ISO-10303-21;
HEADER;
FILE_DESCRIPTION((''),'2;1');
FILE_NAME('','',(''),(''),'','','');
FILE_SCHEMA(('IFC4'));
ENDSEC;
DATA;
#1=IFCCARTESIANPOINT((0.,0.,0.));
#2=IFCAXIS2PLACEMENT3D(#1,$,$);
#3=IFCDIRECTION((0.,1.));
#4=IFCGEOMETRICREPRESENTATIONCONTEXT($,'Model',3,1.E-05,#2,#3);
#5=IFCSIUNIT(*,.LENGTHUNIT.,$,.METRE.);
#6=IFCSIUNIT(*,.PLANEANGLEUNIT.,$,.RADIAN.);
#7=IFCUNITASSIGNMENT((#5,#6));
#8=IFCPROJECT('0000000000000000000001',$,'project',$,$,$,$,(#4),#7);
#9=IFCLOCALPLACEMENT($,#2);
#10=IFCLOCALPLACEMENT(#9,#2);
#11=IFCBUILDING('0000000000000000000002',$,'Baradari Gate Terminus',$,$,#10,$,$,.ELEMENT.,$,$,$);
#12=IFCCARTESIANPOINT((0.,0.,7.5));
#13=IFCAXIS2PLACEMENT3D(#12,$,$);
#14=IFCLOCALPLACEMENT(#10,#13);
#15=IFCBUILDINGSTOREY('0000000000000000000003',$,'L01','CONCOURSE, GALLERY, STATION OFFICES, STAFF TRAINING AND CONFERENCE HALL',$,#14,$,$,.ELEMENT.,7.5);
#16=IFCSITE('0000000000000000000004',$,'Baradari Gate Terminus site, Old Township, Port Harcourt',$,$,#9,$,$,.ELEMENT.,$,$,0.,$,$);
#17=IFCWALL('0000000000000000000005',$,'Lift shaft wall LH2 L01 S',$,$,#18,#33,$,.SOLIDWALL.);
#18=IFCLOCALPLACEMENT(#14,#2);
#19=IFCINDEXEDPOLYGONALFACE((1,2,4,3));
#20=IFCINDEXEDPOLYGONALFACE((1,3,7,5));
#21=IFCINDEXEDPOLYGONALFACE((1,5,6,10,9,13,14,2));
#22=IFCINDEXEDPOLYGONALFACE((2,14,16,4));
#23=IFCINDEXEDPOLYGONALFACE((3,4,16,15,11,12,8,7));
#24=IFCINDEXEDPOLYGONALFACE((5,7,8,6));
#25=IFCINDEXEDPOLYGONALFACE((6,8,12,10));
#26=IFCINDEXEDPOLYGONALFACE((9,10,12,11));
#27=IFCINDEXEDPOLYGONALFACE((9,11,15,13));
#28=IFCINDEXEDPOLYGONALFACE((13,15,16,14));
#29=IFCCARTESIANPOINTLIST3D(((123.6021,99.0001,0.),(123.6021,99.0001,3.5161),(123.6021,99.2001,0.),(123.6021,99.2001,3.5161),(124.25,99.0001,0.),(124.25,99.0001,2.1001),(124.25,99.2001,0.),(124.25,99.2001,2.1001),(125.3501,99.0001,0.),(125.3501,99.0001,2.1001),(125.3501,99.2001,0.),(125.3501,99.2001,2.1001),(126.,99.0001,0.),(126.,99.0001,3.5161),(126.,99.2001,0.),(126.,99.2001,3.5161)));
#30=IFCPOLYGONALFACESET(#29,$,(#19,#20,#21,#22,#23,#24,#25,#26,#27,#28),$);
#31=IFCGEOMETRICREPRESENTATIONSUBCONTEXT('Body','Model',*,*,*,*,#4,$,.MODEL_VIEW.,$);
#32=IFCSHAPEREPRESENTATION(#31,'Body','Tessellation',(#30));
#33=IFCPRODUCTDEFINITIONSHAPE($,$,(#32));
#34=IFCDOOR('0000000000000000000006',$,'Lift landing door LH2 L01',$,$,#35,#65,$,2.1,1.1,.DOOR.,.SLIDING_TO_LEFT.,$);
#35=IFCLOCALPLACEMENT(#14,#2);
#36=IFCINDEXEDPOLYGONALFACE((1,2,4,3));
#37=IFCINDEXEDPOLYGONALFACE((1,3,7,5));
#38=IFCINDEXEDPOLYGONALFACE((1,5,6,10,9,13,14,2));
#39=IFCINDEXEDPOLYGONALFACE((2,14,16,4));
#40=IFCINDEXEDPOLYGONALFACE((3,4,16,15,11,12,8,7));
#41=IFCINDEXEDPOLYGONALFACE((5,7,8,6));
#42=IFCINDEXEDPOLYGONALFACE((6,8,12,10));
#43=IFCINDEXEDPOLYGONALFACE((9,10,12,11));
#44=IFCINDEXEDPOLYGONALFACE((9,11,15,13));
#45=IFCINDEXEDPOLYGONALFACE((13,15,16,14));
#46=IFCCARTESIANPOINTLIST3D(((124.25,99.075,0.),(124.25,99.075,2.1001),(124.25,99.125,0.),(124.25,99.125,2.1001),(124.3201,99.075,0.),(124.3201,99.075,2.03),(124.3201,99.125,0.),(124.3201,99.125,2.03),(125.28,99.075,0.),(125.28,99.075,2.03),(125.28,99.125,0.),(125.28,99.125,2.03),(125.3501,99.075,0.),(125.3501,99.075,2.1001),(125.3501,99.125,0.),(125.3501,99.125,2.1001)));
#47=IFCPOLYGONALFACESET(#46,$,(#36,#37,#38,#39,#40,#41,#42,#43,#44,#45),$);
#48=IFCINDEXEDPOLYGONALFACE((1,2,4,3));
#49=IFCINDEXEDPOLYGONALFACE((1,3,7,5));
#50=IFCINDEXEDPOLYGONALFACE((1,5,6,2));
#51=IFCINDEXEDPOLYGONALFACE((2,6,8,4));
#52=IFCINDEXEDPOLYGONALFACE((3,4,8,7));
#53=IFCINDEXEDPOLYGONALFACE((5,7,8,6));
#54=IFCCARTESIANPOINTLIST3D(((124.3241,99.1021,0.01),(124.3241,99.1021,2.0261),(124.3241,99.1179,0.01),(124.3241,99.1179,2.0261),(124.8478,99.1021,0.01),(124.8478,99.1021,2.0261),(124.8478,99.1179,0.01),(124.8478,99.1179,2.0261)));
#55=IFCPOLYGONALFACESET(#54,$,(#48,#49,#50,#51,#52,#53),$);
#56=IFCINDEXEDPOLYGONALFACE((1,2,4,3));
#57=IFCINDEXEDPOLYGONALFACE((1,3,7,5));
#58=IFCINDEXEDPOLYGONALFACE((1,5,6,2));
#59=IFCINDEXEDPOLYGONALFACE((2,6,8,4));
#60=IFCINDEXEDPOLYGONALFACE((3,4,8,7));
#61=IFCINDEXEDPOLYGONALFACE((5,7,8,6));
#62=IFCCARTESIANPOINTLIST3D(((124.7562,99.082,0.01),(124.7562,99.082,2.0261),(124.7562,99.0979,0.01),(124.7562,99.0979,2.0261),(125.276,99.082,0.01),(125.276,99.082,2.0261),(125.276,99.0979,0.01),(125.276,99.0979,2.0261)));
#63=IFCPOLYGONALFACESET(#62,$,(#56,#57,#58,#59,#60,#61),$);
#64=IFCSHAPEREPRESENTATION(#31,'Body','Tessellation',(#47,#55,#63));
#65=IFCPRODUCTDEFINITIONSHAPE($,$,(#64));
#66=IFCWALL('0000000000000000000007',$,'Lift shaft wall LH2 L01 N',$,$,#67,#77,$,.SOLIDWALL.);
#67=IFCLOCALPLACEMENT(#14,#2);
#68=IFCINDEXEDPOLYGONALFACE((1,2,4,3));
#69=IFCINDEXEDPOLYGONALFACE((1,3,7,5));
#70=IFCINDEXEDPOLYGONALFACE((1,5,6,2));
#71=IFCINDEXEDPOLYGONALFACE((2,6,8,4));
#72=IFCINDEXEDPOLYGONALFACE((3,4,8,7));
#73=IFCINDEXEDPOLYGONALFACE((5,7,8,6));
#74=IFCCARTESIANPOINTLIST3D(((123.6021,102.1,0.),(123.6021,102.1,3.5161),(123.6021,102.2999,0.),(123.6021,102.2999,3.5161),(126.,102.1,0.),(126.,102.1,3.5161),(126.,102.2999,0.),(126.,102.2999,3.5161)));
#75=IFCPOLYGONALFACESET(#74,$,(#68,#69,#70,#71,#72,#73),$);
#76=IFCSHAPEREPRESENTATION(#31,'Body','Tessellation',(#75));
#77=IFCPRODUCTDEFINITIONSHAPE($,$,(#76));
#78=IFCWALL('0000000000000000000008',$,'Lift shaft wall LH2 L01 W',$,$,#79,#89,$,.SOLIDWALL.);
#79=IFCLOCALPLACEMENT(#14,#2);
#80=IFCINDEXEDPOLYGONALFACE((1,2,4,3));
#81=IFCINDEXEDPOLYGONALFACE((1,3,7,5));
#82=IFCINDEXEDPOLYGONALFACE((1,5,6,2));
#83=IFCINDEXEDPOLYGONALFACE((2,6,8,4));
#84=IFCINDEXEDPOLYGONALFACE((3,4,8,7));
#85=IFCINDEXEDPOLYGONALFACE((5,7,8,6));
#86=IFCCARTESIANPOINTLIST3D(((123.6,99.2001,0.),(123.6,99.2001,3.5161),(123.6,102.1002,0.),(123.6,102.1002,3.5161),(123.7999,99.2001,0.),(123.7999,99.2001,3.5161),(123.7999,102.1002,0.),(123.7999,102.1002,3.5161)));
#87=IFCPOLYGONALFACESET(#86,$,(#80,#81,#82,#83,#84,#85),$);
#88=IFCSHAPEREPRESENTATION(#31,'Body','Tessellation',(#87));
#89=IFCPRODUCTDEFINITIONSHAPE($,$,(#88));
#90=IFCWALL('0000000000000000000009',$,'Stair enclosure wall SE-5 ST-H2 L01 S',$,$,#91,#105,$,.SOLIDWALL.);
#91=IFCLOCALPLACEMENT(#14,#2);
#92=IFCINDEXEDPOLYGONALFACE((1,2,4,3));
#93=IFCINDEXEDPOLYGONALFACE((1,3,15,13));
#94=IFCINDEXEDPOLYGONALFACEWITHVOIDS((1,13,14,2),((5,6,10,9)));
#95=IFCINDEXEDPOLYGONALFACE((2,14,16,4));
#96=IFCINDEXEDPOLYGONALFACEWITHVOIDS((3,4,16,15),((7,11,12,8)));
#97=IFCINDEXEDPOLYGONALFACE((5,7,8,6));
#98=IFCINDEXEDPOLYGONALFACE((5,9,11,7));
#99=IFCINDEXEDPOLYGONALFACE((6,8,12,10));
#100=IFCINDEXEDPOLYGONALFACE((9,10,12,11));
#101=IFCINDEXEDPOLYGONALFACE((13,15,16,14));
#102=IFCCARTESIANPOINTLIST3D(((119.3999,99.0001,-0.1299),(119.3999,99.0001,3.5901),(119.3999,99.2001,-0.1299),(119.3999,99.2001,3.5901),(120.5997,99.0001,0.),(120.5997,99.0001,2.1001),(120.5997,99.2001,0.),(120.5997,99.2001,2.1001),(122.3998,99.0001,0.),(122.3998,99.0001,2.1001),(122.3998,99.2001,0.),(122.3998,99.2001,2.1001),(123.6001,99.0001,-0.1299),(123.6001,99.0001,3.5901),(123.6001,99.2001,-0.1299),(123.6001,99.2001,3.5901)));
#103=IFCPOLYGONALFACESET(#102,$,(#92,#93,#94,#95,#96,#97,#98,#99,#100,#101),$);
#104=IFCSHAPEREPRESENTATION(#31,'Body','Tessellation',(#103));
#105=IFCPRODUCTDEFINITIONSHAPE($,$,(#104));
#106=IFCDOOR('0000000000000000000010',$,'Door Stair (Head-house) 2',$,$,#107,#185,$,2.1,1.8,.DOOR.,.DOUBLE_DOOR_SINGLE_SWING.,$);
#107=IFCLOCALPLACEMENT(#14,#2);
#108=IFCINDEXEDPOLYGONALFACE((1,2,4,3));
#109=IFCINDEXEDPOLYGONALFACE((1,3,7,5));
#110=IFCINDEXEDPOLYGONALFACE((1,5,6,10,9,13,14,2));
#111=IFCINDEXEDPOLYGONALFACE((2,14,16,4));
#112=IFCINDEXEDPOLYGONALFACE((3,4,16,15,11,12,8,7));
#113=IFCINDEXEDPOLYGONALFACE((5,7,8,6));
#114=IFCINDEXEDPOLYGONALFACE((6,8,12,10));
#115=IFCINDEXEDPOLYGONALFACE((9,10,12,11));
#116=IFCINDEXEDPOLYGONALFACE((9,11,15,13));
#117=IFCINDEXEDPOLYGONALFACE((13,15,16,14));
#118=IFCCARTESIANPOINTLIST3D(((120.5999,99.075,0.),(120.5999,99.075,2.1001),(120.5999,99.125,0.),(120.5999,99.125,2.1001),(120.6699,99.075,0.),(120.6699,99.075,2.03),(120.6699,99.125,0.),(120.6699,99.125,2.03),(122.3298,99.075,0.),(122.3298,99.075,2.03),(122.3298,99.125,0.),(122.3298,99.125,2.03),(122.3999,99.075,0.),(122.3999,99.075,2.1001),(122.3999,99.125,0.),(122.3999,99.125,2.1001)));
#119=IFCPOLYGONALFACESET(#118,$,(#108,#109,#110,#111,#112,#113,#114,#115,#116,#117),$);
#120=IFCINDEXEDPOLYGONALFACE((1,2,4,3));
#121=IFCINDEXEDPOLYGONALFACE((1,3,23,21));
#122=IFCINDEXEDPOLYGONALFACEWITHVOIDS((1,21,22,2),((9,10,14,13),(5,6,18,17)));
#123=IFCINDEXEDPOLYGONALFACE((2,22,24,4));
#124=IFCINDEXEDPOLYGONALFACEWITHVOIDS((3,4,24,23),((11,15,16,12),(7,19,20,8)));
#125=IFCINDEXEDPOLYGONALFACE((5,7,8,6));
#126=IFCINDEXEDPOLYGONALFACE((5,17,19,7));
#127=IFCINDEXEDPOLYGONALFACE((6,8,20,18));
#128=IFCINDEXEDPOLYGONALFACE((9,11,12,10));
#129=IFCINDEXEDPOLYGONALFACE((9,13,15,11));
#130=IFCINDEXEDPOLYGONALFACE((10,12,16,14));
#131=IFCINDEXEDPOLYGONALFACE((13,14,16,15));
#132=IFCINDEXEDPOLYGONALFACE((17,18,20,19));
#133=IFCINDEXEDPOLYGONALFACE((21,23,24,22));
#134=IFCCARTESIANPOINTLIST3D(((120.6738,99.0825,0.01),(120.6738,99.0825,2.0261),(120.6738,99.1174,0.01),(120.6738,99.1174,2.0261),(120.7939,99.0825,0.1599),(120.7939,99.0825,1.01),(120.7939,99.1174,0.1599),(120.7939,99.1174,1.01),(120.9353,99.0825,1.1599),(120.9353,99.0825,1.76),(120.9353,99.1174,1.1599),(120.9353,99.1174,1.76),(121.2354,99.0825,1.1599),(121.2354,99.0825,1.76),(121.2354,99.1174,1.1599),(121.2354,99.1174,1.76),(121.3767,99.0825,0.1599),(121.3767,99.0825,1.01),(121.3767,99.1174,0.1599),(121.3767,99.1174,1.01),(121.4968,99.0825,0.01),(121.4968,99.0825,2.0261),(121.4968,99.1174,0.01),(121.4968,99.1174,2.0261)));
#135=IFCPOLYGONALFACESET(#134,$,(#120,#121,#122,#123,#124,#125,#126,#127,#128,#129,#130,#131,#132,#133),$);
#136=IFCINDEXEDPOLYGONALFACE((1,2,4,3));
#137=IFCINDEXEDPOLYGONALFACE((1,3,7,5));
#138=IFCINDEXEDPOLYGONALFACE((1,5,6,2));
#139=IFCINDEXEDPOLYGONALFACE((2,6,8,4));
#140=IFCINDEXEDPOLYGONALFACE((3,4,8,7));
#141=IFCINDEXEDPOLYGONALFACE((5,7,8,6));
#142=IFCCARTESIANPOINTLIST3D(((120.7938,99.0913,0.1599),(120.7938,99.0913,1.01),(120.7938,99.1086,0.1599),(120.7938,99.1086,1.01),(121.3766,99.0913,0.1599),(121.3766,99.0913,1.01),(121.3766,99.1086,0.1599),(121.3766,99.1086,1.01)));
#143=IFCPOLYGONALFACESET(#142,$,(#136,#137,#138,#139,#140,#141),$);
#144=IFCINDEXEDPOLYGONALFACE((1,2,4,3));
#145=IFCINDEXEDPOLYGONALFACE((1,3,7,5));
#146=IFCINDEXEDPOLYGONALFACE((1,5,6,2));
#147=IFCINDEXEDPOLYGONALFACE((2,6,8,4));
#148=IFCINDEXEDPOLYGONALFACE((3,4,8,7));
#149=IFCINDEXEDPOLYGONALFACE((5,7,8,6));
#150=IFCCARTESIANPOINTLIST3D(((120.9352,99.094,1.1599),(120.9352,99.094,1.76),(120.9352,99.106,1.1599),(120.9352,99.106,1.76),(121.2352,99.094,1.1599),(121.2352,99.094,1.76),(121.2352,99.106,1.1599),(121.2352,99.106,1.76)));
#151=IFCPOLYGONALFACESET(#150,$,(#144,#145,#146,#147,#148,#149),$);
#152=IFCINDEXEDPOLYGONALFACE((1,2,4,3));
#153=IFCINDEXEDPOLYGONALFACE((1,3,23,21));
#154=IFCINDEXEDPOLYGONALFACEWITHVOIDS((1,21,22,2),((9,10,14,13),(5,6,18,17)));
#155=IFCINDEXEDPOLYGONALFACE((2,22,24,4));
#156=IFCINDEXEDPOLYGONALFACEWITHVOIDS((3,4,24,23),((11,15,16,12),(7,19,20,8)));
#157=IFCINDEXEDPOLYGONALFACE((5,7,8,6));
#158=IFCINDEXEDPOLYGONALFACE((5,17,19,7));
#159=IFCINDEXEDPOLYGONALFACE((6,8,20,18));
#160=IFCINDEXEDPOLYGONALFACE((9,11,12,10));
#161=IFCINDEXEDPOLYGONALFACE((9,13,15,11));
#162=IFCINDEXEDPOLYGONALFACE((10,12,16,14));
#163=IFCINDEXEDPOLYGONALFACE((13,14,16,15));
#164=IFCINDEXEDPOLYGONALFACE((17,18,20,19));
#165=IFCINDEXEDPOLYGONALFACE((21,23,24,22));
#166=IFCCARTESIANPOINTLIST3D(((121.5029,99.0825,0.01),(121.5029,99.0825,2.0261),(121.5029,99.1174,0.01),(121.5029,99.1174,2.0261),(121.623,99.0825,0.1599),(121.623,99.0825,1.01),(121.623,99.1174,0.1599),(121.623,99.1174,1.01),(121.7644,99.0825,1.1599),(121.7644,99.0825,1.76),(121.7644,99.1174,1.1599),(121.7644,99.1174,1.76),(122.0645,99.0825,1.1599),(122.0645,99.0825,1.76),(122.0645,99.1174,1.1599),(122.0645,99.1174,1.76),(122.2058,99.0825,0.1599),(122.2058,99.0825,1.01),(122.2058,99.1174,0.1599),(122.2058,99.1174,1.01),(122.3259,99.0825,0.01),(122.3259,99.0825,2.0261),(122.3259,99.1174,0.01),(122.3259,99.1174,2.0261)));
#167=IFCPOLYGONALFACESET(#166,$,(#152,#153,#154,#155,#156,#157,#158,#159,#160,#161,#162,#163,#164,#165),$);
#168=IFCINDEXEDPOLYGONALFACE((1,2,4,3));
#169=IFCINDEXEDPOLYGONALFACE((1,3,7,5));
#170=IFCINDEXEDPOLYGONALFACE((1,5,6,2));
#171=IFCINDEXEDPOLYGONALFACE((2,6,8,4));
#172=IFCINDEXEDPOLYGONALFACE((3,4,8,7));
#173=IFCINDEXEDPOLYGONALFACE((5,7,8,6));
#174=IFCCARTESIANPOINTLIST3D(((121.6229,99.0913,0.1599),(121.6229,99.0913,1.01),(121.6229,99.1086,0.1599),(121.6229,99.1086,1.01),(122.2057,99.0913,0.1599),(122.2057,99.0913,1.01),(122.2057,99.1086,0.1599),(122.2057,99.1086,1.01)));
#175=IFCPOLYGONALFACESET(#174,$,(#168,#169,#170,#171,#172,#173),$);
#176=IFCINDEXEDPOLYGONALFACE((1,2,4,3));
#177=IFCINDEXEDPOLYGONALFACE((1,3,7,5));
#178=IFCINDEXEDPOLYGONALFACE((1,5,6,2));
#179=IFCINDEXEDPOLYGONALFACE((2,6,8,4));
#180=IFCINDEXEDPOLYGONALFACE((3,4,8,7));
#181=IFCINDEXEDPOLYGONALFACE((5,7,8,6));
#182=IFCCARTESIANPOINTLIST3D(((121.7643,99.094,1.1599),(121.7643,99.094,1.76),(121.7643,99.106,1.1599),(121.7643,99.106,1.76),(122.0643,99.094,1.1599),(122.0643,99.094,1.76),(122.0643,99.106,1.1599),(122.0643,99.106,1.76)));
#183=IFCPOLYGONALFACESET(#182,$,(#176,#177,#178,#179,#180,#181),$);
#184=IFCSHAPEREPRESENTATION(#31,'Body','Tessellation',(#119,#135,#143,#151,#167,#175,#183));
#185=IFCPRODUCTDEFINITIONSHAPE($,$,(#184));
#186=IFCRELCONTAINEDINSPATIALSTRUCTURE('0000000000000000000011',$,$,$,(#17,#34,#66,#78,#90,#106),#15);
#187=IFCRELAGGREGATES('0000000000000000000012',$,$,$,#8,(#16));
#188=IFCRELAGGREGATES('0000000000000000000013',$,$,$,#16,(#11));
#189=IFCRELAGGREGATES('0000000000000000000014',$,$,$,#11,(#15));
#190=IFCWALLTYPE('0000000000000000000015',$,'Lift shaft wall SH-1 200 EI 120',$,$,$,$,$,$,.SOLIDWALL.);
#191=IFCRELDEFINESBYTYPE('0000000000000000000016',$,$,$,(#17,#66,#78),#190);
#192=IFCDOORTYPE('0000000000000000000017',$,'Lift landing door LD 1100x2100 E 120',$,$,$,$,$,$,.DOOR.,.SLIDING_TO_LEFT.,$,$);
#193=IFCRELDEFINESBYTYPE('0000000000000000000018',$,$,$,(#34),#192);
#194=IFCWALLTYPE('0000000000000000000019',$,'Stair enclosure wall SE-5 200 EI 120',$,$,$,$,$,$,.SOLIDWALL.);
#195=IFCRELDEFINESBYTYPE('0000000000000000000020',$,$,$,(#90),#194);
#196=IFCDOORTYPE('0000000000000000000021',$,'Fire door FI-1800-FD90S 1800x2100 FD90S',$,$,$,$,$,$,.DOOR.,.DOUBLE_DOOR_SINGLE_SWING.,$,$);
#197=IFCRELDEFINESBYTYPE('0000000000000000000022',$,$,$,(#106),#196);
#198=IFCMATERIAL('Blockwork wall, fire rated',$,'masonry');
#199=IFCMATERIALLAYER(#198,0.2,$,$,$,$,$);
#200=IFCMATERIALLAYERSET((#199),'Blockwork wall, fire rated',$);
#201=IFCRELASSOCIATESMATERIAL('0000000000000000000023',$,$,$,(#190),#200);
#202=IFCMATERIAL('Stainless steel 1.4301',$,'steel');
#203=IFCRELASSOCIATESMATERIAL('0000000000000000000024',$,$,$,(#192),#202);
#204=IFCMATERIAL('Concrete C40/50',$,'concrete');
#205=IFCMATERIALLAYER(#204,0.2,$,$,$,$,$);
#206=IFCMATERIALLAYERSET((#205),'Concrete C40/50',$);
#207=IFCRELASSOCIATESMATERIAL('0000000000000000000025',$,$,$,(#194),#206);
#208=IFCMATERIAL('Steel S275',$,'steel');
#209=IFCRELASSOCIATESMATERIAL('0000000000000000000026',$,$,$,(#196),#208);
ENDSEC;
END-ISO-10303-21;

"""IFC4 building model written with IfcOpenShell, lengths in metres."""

from ifc_helpers import new_model, si_unit, direction, frame, frame_2d, origin, place, context, subcontext, project, spatial, polyline, rectangle, outline, extrude, material, layer, layer_set, type_object, element, fill, save


model = new_model("IFC4")

# Units and contexts
model_context = context("Model", 3, precision=1e-05, world=origin(), true_north=direction((0.0, 1.0)))
body_context = subcontext(model_context, "Body", "Model", "MODEL_VIEW")
ifc_project = project(units=[si_unit("LENGTHUNIT", "METRE"), si_unit("PLANEANGLEUNIT", "RADIAN")], contexts=[model_context])

# Site, building, storey
site_placement = place(None, origin())
site = spatial("IfcSite", under=ifc_project, at=site_placement, Name="Baradari Gate Terminus site, Old Township, Port Harcourt", CompositionType="ELEMENT", RefElevation=0.0)
building_placement = place(site_placement, origin())
building = spatial("IfcBuilding", under=site, at=building_placement, Name="Baradari Gate Terminus", CompositionType="ELEMENT")
storey_placement = place(building_placement, frame((0.0, 0.0, 7.5)))
storey = spatial("IfcBuildingStorey", under=building, at=storey_placement, Name="L01", Description="CONCOURSE, GALLERY, STATION OFFICES, STAFF TRAINING AND CONFERENCE HALL", CompositionType="ELEMENT", Elevation=7.5)

# Wall, opening, door
ifc_material_1 = material(Name="Blockwork wall, fire rated", Category="masonry")
ifc_layer_1 = layer(ifc_material_1, 0.2)
ifc_layer_set_1 = layer_set([ifc_layer_1], Name="Blockwork wall, fire rated")
wall_type_1 = type_object("IfcWallType", Name="Lift shaft wall SH-1 200 EI 120", PredefinedType="SOLIDWALL", material=ifc_layer_set_1)
wall_1_placement = place(storey_placement, frame((123.6021, 99.1001, 0.0), z_axis=(0.0, 0.0, 1.0), x_axis=(1.0, 0.0, 0.0)))
wall_1 = element("IfcWall", 1, at=wall_1_placement, inside=storey, type_object=wall_type_1, Name="Lift shaft wall LH2 L01 S", PredefinedType="SOLIDWALL", context=body_context, shape_type="SweptSolid", body=[
    extrude(rectangle(XDim=2.3979, YDim=0.2, at=frame_2d((1.199, 0.0))), origin(), (0.0, 0.0, 1.0), 3.5161),
])
opening_1_placement = place(wall_1_placement, frame((0.6479, 0.0, 0.0)))
opening_1 = element("IfcOpeningElement", 2, at=opening_1_placement, cuts=wall_1, PredefinedType="OPENING", context=body_context, shape_type="SweptSolid", body=[
    extrude(rectangle(XDim=1.1001, YDim=2.1001, at=frame_2d((0.55, 1.05))), frame((0.0, 0.1099, 0.0), z_axis=(0.0, -1.0, 0.0), x_axis=(1.0, 0.0, 0.0)), (0.0, 0.0, 1.0), 0.22),
])
ifc_material_2 = material(Name="Stainless steel 1.4301", Category="steel")
door_type_1 = type_object("IfcDoorType", Name="Lift landing door LD 1100x2100 E 120", OperationType="SLIDING_TO_LEFT", PredefinedType="DOOR", material=ifc_material_2)
door_1_placement = place(opening_1_placement, origin())
door_1 = element("IfcDoor", 3, at=door_1_placement, inside=storey, type_object=door_type_1, Name="Lift landing door LH2 L01", OperationType="SLIDING_TO_LEFT", OverallHeight=2.1, OverallWidth=1.1, PredefinedType="DOOR", context=body_context, shape_type="SweptSolid", body=[
    extrude(outline(polyline([(0.0, 0.0), (0.0701, 0.0), (0.0701, 2.03), (1.03, 2.03), (1.03, 0.0), (1.1001, 0.0), (1.1001, 2.1001), (0.0, 2.1001), (0.0, 0.0)])), frame((0.0, 0.0249, 0.0), z_axis=(0.0, -1.0, 0.0), x_axis=(1.0, 0.0, 0.0)), (0.0, 0.0, 1.0), 0.05),
    extrude(rectangle(XDim=0.5237, YDim=2.0161, at=frame_2d((0.3359, 1.0181))), frame((0.0, 0.0178, 0.0), z_axis=(0.0, -1.0, 0.0), x_axis=(1.0, 0.0, 0.0)), (0.0, 0.0, 1.0), 0.0159),
    extrude(rectangle(XDim=0.5198, YDim=2.0161, at=frame_2d((0.7661, 1.0181))), frame((0.0, -0.0022, 0.0), z_axis=(0.0, -1.0, 0.0), x_axis=(1.0, 0.0, 0.0)), (0.0, 0.0, 1.0), 0.0159),
])
fill(opening_1, door_1)

# Walls
wall_2_placement = place(storey_placement, frame((123.6021, 102.2, 0.0), z_axis=(0.0, 0.0, 1.0), x_axis=(1.0, 0.0, 0.0)))
element("IfcWall", 4, at=wall_2_placement, inside=storey, type_object=wall_type_1, Name="Lift shaft wall LH2 L01 N", PredefinedType="SOLIDWALL", context=body_context, shape_type="SweptSolid", body=[
    extrude(rectangle(XDim=2.3979, YDim=0.2, at=frame_2d((1.199, 0.0))), origin(), (0.0, 0.0, 1.0), 3.5161),
])
wall_3_placement = place(storey_placement, frame((123.7, 99.2, 0.0), z_axis=(0.0, 0.0, 1.0), x_axis=(0.0, 1.0, 0.0)))
element("IfcWall", 5, at=wall_3_placement, inside=storey, type_object=wall_type_1, Name="Lift shaft wall LH2 L01 W", PredefinedType="SOLIDWALL", context=body_context, shape_type="SweptSolid", body=[
    extrude(rectangle(XDim=2.9001, YDim=0.2, at=frame_2d((1.4502, 0.0))), origin(), (0.0, 0.0, 1.0), 3.5161),
])

# Wall, opening, door
ifc_material_3 = material(Name="Concrete C40/50", Category="concrete")
ifc_layer_2 = layer(ifc_material_3, 0.2)
ifc_layer_set_2 = layer_set([ifc_layer_2], Name="Concrete C40/50")
wall_type_2 = type_object("IfcWallType", Name="Stair enclosure wall SE-5 200 EI 120", PredefinedType="SOLIDWALL", material=ifc_layer_set_2)
wall_4_placement = place(storey_placement, frame((119.3999, 99.1001, -0.1299), z_axis=(0.0, 0.0, 1.0), x_axis=(1.0, 0.0, 0.0)))
wall_4 = element("IfcWall", 6, at=wall_4_placement, inside=storey, type_object=wall_type_2, Name="Stair enclosure wall SE-5 ST-H2 L01 S", PredefinedType="SOLIDWALL", context=body_context, shape_type="SweptSolid", body=[
    extrude(rectangle(XDim=4.2002, YDim=0.2, at=frame_2d((2.1001, 0.0))), origin(), (0.0, 0.0, 1.0), 3.72),
])
opening_2_placement = place(wall_4_placement, frame((1.2, 0.0, 0.1299)))
opening_2 = element("IfcOpeningElement", 7, at=opening_2_placement, cuts=wall_4, PredefinedType="OPENING", context=body_context, shape_type="SweptSolid", body=[
    extrude(rectangle(XDim=1.8, YDim=2.1001, at=frame_2d((0.8999, 1.05))), frame((0.0, 0.1099, 0.0), z_axis=(0.0, -1.0, 0.0), x_axis=(1.0, 0.0, 0.0)), (0.0, 0.0, 1.0), 0.22),
])
ifc_material_4 = material(Name="Steel S275", Category="steel")
door_type_2 = type_object("IfcDoorType", Name="Fire door FI-1800-FD90S 1800x2100 FD90S", OperationType="DOUBLE_DOOR_SINGLE_SWING", PredefinedType="DOOR", material=ifc_material_4)
door_2_placement = place(opening_2_placement, origin())
door_2 = element("IfcDoor", 8, at=door_2_placement, inside=storey, type_object=door_type_2, Name="Door Stair (Head-house) 2", OperationType="DOUBLE_DOOR_SINGLE_SWING", OverallHeight=2.1, OverallWidth=1.8, PredefinedType="DOOR", context=body_context, shape_type="SweptSolid", body=[
    extrude(outline(polyline([(0.0, 0.0), (0.0701, 0.0), (0.0701, 2.03), (1.73, 2.03), (1.73, 0.0), (1.8, 0.0), (1.8, 2.1001), (0.0, 2.1001), (0.0, 0.0)])), frame((0.0, 0.0249, 0.0), z_axis=(0.0, -1.0, 0.0), x_axis=(1.0, 0.0, 0.0)), (0.0, 0.0, 1.0), 0.05),
    extrude(outline(polyline([(0.074, 0.01), (0.897, 0.01), (0.897, 2.0261), (0.074, 2.0261), (0.074, 0.01)]), holes=[polyline([(0.1941, 0.1599), (0.7769, 0.1599), (0.7769, 1.01), (0.1941, 1.01), (0.1941, 0.1599)]), polyline([(0.3354, 1.1599), (0.6355, 1.1599), (0.6355, 1.76), (0.3354, 1.76), (0.3354, 1.1599)])]), frame((0.0, 0.0173, 0.0), z_axis=(0.0, -1.0, 0.0), x_axis=(1.0, 0.0, 0.0)), (0.0, 0.0, 1.0), 0.0349),
    extrude(rectangle(XDim=0.5828, YDim=0.8501, at=frame_2d((0.4854, 0.585))), frame((0.0, 0.0085, 0.0), z_axis=(0.0, -1.0, 0.0), x_axis=(1.0, 0.0, 0.0)), (0.0, 0.0, 1.0), 0.0173),
    extrude(rectangle(XDim=0.3, YDim=0.6001, at=frame_2d((0.4854, 1.46))), frame((0.0, 0.0059, 0.0), z_axis=(0.0, -1.0, 0.0), x_axis=(1.0, 0.0, 0.0)), (0.0, 0.0, 1.0), 0.012),
    extrude(outline(polyline([(0.9031, 0.01), (1.7261, 0.01), (1.7261, 2.0261), (0.9031, 2.0261), (0.9031, 0.01)]), holes=[polyline([(1.0232, 0.1599), (1.606, 0.1599), (1.606, 1.01), (1.0232, 1.01), (1.0232, 0.1599)]), polyline([(1.1646, 1.1599), (1.4646, 1.1599), (1.4646, 1.76), (1.1646, 1.76), (1.1646, 1.1599)])]), frame((0.0, 0.0173, 0.0), z_axis=(0.0, -1.0, 0.0), x_axis=(1.0, 0.0, 0.0)), (0.0, 0.0, 1.0), 0.0349),
    extrude(rectangle(XDim=0.5828, YDim=0.8501, at=frame_2d((1.3145, 0.585))), frame((0.0, 0.0085, 0.0), z_axis=(0.0, -1.0, 0.0), x_axis=(1.0, 0.0, 0.0)), (0.0, 0.0, 1.0), 0.0173),
    extrude(rectangle(XDim=0.3, YDim=0.6001, at=frame_2d((1.3145, 1.46))), frame((0.0, 0.0059, 0.0), z_axis=(0.0, -1.0, 0.0), x_axis=(1.0, 0.0, 0.0)), (0.0, 0.0, 1.0), 0.012),
])
fill(opening_2, door_2)

save(model, "model.ifc")
